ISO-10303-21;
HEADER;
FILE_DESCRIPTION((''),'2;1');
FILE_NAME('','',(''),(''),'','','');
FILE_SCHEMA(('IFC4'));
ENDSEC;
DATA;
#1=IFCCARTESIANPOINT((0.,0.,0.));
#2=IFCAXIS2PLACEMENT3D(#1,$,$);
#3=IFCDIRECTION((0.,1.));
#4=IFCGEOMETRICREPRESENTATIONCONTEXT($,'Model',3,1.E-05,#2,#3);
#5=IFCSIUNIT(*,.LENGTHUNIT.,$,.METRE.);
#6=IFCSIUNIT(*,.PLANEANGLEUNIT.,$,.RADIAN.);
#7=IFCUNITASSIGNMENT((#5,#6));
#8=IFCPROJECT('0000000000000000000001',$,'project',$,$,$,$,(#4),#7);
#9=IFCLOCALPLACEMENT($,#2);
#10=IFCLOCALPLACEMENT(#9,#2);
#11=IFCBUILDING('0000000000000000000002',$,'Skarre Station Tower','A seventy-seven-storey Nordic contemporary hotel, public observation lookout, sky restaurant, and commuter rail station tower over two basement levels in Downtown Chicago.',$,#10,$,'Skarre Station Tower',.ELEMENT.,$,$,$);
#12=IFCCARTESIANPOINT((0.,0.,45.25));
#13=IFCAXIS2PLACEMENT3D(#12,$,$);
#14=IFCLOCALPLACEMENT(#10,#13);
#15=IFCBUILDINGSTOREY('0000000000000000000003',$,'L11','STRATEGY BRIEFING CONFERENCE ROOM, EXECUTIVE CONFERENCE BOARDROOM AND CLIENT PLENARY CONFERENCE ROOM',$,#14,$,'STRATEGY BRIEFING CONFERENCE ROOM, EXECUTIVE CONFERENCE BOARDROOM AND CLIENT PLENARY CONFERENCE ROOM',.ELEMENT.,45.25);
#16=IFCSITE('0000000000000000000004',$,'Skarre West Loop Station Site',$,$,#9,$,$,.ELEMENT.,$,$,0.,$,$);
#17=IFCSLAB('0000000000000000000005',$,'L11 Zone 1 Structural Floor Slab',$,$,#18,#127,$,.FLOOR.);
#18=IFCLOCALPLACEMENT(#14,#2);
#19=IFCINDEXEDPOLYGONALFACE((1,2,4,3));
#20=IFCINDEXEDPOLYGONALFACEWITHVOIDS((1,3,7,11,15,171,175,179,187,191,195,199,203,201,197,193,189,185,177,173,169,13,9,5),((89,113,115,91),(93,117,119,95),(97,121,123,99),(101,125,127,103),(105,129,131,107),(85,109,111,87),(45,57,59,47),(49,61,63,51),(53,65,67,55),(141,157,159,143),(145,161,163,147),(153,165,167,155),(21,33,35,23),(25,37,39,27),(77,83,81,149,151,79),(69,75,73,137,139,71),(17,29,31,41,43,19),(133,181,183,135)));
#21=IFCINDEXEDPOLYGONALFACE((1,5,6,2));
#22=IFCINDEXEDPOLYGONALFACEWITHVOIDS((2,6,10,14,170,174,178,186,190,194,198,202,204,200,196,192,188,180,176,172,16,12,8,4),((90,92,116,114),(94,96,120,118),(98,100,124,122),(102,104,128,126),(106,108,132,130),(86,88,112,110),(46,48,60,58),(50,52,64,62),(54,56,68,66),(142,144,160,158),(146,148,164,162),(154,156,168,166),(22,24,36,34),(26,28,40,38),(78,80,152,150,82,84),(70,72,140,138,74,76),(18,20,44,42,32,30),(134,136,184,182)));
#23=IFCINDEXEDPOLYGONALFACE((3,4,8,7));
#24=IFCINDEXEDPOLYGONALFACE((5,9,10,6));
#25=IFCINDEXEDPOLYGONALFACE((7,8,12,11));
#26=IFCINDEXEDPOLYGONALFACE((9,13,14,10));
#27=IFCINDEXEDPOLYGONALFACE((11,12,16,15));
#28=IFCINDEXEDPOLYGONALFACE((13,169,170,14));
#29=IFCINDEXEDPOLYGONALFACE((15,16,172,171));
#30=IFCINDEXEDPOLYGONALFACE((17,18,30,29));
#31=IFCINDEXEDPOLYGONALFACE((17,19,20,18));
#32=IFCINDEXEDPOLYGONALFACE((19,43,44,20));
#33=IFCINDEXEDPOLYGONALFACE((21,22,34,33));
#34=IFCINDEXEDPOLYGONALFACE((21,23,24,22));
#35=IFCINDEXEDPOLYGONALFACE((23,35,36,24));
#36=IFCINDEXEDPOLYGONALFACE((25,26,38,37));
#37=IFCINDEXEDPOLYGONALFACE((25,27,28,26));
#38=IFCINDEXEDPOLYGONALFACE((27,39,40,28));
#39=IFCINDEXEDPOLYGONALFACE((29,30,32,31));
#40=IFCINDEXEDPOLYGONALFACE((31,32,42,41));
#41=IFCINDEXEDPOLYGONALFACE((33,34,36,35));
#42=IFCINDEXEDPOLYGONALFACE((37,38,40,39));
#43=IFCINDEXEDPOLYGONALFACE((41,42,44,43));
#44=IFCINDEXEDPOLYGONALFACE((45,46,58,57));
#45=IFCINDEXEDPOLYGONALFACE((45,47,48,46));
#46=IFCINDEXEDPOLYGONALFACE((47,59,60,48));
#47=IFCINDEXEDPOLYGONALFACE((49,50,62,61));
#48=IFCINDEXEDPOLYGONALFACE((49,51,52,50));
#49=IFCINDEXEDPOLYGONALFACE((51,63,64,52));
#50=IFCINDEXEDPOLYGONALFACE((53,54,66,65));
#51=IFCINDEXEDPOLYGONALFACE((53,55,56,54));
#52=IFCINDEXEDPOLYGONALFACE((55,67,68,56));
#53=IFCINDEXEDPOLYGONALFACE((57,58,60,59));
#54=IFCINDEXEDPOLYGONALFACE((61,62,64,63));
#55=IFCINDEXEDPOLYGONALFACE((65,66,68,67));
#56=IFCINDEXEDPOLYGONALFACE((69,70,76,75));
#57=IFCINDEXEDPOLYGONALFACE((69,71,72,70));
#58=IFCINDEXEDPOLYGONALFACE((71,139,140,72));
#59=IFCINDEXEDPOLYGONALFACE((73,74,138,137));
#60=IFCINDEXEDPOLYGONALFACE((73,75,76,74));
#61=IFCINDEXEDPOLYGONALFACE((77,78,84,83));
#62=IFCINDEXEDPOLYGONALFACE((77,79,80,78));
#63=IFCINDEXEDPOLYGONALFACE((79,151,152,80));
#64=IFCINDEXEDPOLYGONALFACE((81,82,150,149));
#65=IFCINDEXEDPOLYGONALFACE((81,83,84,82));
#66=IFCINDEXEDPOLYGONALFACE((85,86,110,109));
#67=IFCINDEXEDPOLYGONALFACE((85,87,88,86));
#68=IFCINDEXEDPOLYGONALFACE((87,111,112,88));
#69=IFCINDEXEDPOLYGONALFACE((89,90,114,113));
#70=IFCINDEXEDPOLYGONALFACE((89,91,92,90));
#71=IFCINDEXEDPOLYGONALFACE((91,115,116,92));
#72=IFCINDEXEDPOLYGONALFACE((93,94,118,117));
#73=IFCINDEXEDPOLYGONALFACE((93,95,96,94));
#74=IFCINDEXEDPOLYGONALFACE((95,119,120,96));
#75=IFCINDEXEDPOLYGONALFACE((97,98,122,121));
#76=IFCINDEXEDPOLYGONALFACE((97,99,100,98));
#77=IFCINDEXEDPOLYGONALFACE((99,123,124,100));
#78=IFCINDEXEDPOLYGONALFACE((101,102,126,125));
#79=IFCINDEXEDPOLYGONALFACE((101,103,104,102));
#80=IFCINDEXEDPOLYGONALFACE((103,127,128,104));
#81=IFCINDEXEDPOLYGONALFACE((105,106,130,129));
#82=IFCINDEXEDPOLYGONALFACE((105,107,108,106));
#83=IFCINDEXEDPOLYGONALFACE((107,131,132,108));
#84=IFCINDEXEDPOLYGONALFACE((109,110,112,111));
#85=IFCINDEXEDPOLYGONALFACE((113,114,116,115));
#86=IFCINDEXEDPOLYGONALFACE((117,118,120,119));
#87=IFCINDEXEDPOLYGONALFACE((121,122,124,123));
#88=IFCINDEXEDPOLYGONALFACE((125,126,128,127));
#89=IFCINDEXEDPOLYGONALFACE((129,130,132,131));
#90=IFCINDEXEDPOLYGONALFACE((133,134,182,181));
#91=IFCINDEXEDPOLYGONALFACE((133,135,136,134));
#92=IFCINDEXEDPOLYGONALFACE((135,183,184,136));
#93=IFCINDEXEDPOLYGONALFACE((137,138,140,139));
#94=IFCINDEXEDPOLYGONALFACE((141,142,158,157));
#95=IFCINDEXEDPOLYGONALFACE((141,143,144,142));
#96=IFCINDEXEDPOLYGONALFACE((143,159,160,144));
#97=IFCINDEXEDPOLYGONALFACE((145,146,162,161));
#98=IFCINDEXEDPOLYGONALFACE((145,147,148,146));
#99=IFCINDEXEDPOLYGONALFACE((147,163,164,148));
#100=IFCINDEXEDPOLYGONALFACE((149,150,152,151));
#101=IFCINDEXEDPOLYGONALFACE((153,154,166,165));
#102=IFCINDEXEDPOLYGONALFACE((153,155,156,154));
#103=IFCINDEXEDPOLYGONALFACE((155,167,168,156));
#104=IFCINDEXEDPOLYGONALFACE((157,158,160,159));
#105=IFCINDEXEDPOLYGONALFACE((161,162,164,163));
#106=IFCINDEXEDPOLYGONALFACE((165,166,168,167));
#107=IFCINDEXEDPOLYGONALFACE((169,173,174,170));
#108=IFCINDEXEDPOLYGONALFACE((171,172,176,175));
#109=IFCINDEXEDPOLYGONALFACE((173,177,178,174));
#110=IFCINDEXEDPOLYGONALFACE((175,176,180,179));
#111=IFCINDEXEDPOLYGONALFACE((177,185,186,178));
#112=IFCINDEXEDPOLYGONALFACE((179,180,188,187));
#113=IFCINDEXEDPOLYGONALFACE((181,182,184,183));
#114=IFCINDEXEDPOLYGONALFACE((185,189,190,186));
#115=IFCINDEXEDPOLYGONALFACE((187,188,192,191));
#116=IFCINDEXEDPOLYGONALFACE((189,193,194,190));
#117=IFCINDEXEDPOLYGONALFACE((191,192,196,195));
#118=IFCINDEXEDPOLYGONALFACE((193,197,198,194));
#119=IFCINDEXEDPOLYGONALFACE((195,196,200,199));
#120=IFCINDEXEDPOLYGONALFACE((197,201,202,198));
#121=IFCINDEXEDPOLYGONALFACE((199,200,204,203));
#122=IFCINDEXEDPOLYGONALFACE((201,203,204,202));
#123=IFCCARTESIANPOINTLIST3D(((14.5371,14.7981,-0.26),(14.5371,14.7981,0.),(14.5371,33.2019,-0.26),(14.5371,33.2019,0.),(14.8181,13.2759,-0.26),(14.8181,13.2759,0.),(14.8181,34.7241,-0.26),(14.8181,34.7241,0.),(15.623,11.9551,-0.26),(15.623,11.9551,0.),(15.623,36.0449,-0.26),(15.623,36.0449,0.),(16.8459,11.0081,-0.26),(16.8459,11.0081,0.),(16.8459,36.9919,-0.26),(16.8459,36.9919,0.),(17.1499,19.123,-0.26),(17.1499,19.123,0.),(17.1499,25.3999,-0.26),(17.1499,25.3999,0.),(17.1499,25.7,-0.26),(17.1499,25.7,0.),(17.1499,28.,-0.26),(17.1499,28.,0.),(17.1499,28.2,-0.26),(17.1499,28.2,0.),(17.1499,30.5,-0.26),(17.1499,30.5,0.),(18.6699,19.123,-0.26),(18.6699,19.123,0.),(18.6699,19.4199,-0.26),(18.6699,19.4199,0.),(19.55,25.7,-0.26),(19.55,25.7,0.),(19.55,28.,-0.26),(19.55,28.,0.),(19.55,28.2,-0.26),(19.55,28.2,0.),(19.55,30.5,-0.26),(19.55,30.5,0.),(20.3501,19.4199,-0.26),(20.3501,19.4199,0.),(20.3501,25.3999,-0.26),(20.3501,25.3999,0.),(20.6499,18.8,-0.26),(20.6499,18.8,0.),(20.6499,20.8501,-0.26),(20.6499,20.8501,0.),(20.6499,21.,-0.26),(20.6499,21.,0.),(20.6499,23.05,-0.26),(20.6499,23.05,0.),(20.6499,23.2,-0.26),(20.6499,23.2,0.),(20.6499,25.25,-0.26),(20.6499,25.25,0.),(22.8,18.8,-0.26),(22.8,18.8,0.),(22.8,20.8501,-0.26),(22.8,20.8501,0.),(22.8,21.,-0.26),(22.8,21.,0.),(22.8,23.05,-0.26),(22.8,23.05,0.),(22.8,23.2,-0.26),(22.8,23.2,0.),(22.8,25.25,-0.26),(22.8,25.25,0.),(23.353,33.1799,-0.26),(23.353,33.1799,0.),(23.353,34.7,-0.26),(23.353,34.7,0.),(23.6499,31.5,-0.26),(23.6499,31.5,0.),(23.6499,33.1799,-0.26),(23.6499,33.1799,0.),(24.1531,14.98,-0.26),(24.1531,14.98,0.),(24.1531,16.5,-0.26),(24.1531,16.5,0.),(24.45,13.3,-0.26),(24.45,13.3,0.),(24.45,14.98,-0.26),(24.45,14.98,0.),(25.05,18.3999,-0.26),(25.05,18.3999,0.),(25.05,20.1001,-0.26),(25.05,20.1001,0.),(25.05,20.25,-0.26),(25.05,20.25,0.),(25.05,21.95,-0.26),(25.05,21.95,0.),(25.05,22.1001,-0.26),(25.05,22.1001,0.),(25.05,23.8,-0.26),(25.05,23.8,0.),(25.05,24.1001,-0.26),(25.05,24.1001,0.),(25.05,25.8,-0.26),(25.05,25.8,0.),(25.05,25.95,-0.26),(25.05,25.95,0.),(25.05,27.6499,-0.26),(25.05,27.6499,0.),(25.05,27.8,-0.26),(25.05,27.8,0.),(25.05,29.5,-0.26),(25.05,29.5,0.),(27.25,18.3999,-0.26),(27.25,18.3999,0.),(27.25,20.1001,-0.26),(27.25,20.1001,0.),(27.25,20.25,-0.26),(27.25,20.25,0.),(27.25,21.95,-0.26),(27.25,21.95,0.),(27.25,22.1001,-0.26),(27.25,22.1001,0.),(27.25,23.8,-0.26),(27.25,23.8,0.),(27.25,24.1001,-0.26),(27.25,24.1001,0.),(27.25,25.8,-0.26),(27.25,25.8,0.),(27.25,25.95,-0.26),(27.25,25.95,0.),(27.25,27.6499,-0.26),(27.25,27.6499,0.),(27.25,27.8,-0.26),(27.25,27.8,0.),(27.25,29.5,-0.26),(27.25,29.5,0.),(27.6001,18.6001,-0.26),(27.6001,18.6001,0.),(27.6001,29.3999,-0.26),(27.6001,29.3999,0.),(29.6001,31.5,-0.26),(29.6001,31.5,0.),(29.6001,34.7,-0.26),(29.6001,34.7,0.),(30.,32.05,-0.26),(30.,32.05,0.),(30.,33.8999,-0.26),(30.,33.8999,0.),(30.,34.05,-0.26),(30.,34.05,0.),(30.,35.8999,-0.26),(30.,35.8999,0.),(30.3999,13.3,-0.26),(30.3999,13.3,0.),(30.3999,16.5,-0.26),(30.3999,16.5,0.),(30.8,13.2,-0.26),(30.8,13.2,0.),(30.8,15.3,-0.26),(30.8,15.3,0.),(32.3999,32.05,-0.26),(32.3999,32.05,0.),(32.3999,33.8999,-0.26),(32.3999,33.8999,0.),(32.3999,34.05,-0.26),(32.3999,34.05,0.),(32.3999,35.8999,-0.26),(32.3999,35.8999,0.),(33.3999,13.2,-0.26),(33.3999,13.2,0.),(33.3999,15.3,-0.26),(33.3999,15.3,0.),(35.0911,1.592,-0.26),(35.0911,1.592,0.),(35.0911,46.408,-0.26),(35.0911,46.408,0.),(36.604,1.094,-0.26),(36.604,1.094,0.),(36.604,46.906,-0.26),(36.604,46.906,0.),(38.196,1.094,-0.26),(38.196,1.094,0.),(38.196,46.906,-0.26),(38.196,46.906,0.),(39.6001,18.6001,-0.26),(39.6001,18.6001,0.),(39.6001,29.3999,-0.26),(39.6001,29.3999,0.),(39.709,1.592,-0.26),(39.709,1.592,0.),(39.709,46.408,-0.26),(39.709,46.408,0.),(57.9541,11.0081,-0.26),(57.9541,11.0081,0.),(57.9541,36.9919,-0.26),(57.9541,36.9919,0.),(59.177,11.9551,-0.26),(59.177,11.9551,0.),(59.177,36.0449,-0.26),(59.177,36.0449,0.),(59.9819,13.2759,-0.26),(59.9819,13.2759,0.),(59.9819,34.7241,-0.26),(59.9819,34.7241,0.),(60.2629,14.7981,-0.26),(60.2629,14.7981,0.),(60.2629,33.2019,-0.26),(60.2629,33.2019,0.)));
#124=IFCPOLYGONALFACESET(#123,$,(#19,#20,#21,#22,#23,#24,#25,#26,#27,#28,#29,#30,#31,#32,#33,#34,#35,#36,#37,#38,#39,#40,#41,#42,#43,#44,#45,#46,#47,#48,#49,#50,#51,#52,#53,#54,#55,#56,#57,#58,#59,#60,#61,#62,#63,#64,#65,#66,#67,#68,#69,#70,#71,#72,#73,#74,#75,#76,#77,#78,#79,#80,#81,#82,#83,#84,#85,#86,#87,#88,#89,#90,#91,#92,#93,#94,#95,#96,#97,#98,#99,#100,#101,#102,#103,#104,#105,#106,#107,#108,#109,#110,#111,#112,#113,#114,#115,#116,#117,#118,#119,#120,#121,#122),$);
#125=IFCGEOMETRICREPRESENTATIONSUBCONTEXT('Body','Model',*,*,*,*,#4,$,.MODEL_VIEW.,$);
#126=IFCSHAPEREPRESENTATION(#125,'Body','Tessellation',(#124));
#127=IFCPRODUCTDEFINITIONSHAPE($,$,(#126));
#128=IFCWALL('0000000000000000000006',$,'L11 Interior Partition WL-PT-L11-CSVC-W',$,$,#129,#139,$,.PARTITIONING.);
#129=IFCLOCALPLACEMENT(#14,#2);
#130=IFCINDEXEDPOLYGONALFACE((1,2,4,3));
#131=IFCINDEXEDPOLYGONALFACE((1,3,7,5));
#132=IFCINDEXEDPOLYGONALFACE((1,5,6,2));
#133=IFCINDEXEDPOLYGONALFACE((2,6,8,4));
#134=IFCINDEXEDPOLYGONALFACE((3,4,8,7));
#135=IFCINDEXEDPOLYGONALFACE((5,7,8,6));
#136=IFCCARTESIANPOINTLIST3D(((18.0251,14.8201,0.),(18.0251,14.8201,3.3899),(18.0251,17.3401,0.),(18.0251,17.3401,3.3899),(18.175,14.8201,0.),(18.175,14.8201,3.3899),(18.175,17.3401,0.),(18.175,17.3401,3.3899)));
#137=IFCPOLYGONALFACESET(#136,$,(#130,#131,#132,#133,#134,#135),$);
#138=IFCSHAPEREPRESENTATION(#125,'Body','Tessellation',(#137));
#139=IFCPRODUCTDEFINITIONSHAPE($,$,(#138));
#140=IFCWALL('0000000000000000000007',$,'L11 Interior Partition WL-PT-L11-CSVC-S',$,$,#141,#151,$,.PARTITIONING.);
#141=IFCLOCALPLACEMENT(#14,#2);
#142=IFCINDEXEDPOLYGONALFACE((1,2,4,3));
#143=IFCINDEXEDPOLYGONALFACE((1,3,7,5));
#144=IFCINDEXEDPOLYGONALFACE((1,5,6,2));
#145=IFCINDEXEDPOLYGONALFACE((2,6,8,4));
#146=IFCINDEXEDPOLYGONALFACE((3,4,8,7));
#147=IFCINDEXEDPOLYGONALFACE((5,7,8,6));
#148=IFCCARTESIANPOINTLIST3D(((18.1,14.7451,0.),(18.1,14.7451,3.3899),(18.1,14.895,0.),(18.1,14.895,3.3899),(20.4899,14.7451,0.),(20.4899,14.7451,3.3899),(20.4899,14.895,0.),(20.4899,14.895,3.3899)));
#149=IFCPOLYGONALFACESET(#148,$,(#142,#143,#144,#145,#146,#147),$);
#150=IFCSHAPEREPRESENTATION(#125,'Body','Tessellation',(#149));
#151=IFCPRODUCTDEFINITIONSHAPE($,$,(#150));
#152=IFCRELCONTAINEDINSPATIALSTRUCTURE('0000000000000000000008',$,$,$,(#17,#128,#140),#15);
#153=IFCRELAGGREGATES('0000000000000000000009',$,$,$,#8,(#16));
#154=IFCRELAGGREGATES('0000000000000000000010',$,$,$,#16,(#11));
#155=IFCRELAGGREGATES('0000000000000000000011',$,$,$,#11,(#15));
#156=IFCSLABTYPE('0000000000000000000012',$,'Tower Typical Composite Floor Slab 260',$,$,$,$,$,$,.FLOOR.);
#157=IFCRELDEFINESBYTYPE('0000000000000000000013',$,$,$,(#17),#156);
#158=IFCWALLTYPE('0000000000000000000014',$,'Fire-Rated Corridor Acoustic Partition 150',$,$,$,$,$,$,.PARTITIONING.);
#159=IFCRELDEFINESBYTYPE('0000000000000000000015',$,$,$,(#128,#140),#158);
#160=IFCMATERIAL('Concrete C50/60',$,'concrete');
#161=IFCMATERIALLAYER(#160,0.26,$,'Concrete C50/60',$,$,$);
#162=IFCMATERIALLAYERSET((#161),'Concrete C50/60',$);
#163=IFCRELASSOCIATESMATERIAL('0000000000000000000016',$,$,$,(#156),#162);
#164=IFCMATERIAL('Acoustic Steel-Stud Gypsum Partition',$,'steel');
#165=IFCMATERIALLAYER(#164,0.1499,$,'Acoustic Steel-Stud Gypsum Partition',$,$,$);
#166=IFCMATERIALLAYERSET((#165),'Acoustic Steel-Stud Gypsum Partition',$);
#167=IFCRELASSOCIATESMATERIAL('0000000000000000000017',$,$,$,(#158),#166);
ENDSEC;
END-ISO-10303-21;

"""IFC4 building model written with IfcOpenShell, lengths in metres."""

from ifc_helpers import new_model, si_unit, direction, frame, frame_2d, origin, place, context, subcontext, project, spatial, polyline, rectangle, outline, extrude, material, layer, layer_set, type_object, element, save


model = new_model("IFC4")

# Units and contexts
model_context = context("Model", 3, precision=1e-05, world=origin(), true_north=direction((0.0, 1.0)))
body_context = subcontext(model_context, "Body", "Model", "MODEL_VIEW")
ifc_project = project(units=[si_unit("LENGTHUNIT", "METRE"), si_unit("PLANEANGLEUNIT", "RADIAN")], contexts=[model_context])

# Site, building, storey
site_placement = place(None, origin())
site = spatial("IfcSite", under=ifc_project, at=site_placement, Name="Skarre West Loop Station Site", CompositionType="ELEMENT", RefElevation=0.0)
building_placement = place(site_placement, origin())
building = spatial("IfcBuilding", under=site, at=building_placement, Name="Skarre Station Tower", Description="A seventy-seven-storey Nordic contemporary hotel, public observation lookout, sky restaurant, and commuter rail station tower over two basement levels in Downtown Chicago.", LongName="Skarre Station Tower", CompositionType="ELEMENT")
storey_placement = place(building_placement, frame((0.0, 0.0, 45.25)))
storey = spatial("IfcBuildingStorey", under=building, at=storey_placement, Name="L11", Description="STRATEGY BRIEFING CONFERENCE ROOM, EXECUTIVE CONFERENCE BOARDROOM AND CLIENT PLENARY CONFERENCE ROOM", LongName="STRATEGY BRIEFING CONFERENCE ROOM, EXECUTIVE CONFERENCE BOARDROOM AND CLIENT PLENARY CONFERENCE ROOM", CompositionType="ELEMENT", Elevation=45.25)

# Slab
ifc_material_1 = material(Name="Concrete C50/60", Category="concrete")
ifc_layer_1 = layer(ifc_material_1, 0.26, Name="Concrete C50/60")
ifc_layer_set_1 = layer_set([ifc_layer_1], Name="Concrete C50/60")
slab_type_1 = type_object("IfcSlabType", Name="Tower Typical Composite Floor Slab 260", PredefinedType="FLOOR", material=ifc_layer_set_1)
slab_1_placement = place(storey_placement, frame((0.0, 0.0, -0.26)))
element("IfcSlab", 1, at=slab_1_placement, inside=storey, type_object=slab_type_1, Name="L11 Zone 1 Structural Floor Slab", PredefinedType="FLOOR", context=body_context, shape_type="SweptSolid", body=[
    extrude(outline(polyline([(60.2629, 33.2019), (59.9819, 34.7241), (59.177, 36.0449), (57.9541, 36.9919), (39.709, 46.408), (38.196, 46.906), (36.604, 46.906), (35.0911, 46.408), (16.8459, 36.9919), (15.623, 36.0449), (14.8181, 34.7241), (14.5371, 33.2019), (14.5371, 14.7981), (14.8181, 13.2759), (15.623, 11.9551), (16.8459, 11.0081), (35.0911, 1.592), (36.604, 1.094), (38.196, 1.094), (39.709, 1.592), (57.9541, 11.0081), (59.177, 11.9551), (59.9819, 13.2759), (60.2629, 14.7981), (60.2629, 33.2019)]), holes=[polyline([(18.6699, 19.4199), (18.6699, 19.123), (17.1499, 19.123), (17.1499, 25.3999), (20.3501, 25.3999), (20.3501, 19.4199), (18.6699, 19.4199)]), polyline([(24.45, 14.98), (24.1531, 14.98), (24.1531, 16.5), (30.3999, 16.5), (30.3999, 13.3), (24.45, 13.3), (24.45, 14.98)]), polyline([(23.6499, 33.1799), (23.353, 33.1799), (23.353, 34.7), (29.6001, 34.7), (29.6001, 31.5), (23.6499, 31.5), (23.6499, 33.1799)]), polyline([(17.1499, 28.0), (19.55, 28.0), (19.55, 25.7), (17.1499, 25.7), (17.1499, 28.0)]), polyline([(17.1499, 30.5), (19.55, 30.5), (19.55, 28.2), (17.1499, 28.2), (17.1499, 30.5)]), polyline([(30.8, 15.3), (33.3999, 15.3), (33.3999, 13.2), (30.8, 13.2), (30.8, 15.3)]), polyline([(25.05, 20.1001), (27.25, 20.1001), (27.25, 18.3999), (25.05, 18.3999), (25.05, 20.1001)]), polyline([(25.05, 21.95), (27.25, 21.95), (27.25, 20.25), (25.05, 20.25), (25.05, 21.95)]), polyline([(25.05, 23.8), (27.25, 23.8), (27.25, 22.1001), (25.05, 22.1001), (25.05, 23.8)]), polyline([(25.05, 25.8), (27.25, 25.8), (27.25, 24.1001), (25.05, 24.1001), (25.05, 25.8)]), polyline([(25.05, 27.6499), (27.25, 27.6499), (27.25, 25.95), (25.05, 25.95), (25.05, 27.6499)]), polyline([(25.05, 29.5), (27.25, 29.5), (27.25, 27.8), (25.05, 27.8), (25.05, 29.5)]), polyline([(20.6499, 20.8501), (22.8, 20.8501), (22.8, 18.8), (20.6499, 18.8), (20.6499, 20.8501)]), polyline([(20.6499, 23.05), (22.8, 23.05), (22.8, 21.0), (20.6499, 21.0), (20.6499, 23.05)]), polyline([(20.6499, 25.25), (22.8, 25.25), (22.8, 23.2), (20.6499, 23.2), (20.6499, 25.25)]), polyline([(30.0, 33.8999), (32.3999, 33.8999), (32.3999, 32.05), (30.0, 32.05), (30.0, 33.8999)]), polyline([(30.0, 35.8999), (32.3999, 35.8999), (32.3999, 34.05), (30.0, 34.05), (30.0, 35.8999)]), polyline([(27.6001, 29.3999), (39.6001, 29.3999), (39.6001, 18.6001), (27.6001, 18.6001), (27.6001, 29.3999)])]), origin(), (0.0, 0.0, 1.0), 0.26),
])

# Walls
ifc_material_2 = material(Name="Acoustic Steel-Stud Gypsum Partition", Category="steel")
ifc_layer_2 = layer(ifc_material_2, 0.1499, Name="Acoustic Steel-Stud Gypsum Partition")
ifc_layer_set_2 = layer_set([ifc_layer_2], Name="Acoustic Steel-Stud Gypsum Partition")
wall_type_1 = type_object("IfcWallType", Name="Fire-Rated Corridor Acoustic Partition 150", PredefinedType="PARTITIONING", material=ifc_layer_set_2)
wall_1_placement = place(storey_placement, frame((18.1001, 17.3401, 0.0), z_axis=(0.0, 0.0, 1.0), x_axis=(0.0, -1.0, 0.0)))
element("IfcWall", 2, at=wall_1_placement, inside=storey, type_object=wall_type_1, Name="L11 Interior Partition WL-PT-L11-CSVC-W", PredefinedType="PARTITIONING", context=body_context, shape_type="SweptSolid", body=[
    extrude(rectangle(XDim=2.52, YDim=0.1499, at=frame_2d((1.26, 0.0))), origin(), (0.0, 0.0, 1.0), 3.3899),
])
wall_2_placement = place(storey_placement, frame((18.1001, 14.8201, 0.0), z_axis=(0.0, 0.0, 1.0), x_axis=(1.0, 0.0, 0.0)))
element("IfcWall", 3, at=wall_2_placement, inside=storey, type_object=wall_type_1, Name="L11 Interior Partition WL-PT-L11-CSVC-S", PredefinedType="PARTITIONING", context=body_context, shape_type="SweptSolid", body=[
    extrude(rectangle(XDim=2.3899, YDim=0.1499, at=frame_2d((1.1948, 0.0))), origin(), (0.0, 0.0, 1.0), 3.3899),
])

save(model, "model.ifc")
